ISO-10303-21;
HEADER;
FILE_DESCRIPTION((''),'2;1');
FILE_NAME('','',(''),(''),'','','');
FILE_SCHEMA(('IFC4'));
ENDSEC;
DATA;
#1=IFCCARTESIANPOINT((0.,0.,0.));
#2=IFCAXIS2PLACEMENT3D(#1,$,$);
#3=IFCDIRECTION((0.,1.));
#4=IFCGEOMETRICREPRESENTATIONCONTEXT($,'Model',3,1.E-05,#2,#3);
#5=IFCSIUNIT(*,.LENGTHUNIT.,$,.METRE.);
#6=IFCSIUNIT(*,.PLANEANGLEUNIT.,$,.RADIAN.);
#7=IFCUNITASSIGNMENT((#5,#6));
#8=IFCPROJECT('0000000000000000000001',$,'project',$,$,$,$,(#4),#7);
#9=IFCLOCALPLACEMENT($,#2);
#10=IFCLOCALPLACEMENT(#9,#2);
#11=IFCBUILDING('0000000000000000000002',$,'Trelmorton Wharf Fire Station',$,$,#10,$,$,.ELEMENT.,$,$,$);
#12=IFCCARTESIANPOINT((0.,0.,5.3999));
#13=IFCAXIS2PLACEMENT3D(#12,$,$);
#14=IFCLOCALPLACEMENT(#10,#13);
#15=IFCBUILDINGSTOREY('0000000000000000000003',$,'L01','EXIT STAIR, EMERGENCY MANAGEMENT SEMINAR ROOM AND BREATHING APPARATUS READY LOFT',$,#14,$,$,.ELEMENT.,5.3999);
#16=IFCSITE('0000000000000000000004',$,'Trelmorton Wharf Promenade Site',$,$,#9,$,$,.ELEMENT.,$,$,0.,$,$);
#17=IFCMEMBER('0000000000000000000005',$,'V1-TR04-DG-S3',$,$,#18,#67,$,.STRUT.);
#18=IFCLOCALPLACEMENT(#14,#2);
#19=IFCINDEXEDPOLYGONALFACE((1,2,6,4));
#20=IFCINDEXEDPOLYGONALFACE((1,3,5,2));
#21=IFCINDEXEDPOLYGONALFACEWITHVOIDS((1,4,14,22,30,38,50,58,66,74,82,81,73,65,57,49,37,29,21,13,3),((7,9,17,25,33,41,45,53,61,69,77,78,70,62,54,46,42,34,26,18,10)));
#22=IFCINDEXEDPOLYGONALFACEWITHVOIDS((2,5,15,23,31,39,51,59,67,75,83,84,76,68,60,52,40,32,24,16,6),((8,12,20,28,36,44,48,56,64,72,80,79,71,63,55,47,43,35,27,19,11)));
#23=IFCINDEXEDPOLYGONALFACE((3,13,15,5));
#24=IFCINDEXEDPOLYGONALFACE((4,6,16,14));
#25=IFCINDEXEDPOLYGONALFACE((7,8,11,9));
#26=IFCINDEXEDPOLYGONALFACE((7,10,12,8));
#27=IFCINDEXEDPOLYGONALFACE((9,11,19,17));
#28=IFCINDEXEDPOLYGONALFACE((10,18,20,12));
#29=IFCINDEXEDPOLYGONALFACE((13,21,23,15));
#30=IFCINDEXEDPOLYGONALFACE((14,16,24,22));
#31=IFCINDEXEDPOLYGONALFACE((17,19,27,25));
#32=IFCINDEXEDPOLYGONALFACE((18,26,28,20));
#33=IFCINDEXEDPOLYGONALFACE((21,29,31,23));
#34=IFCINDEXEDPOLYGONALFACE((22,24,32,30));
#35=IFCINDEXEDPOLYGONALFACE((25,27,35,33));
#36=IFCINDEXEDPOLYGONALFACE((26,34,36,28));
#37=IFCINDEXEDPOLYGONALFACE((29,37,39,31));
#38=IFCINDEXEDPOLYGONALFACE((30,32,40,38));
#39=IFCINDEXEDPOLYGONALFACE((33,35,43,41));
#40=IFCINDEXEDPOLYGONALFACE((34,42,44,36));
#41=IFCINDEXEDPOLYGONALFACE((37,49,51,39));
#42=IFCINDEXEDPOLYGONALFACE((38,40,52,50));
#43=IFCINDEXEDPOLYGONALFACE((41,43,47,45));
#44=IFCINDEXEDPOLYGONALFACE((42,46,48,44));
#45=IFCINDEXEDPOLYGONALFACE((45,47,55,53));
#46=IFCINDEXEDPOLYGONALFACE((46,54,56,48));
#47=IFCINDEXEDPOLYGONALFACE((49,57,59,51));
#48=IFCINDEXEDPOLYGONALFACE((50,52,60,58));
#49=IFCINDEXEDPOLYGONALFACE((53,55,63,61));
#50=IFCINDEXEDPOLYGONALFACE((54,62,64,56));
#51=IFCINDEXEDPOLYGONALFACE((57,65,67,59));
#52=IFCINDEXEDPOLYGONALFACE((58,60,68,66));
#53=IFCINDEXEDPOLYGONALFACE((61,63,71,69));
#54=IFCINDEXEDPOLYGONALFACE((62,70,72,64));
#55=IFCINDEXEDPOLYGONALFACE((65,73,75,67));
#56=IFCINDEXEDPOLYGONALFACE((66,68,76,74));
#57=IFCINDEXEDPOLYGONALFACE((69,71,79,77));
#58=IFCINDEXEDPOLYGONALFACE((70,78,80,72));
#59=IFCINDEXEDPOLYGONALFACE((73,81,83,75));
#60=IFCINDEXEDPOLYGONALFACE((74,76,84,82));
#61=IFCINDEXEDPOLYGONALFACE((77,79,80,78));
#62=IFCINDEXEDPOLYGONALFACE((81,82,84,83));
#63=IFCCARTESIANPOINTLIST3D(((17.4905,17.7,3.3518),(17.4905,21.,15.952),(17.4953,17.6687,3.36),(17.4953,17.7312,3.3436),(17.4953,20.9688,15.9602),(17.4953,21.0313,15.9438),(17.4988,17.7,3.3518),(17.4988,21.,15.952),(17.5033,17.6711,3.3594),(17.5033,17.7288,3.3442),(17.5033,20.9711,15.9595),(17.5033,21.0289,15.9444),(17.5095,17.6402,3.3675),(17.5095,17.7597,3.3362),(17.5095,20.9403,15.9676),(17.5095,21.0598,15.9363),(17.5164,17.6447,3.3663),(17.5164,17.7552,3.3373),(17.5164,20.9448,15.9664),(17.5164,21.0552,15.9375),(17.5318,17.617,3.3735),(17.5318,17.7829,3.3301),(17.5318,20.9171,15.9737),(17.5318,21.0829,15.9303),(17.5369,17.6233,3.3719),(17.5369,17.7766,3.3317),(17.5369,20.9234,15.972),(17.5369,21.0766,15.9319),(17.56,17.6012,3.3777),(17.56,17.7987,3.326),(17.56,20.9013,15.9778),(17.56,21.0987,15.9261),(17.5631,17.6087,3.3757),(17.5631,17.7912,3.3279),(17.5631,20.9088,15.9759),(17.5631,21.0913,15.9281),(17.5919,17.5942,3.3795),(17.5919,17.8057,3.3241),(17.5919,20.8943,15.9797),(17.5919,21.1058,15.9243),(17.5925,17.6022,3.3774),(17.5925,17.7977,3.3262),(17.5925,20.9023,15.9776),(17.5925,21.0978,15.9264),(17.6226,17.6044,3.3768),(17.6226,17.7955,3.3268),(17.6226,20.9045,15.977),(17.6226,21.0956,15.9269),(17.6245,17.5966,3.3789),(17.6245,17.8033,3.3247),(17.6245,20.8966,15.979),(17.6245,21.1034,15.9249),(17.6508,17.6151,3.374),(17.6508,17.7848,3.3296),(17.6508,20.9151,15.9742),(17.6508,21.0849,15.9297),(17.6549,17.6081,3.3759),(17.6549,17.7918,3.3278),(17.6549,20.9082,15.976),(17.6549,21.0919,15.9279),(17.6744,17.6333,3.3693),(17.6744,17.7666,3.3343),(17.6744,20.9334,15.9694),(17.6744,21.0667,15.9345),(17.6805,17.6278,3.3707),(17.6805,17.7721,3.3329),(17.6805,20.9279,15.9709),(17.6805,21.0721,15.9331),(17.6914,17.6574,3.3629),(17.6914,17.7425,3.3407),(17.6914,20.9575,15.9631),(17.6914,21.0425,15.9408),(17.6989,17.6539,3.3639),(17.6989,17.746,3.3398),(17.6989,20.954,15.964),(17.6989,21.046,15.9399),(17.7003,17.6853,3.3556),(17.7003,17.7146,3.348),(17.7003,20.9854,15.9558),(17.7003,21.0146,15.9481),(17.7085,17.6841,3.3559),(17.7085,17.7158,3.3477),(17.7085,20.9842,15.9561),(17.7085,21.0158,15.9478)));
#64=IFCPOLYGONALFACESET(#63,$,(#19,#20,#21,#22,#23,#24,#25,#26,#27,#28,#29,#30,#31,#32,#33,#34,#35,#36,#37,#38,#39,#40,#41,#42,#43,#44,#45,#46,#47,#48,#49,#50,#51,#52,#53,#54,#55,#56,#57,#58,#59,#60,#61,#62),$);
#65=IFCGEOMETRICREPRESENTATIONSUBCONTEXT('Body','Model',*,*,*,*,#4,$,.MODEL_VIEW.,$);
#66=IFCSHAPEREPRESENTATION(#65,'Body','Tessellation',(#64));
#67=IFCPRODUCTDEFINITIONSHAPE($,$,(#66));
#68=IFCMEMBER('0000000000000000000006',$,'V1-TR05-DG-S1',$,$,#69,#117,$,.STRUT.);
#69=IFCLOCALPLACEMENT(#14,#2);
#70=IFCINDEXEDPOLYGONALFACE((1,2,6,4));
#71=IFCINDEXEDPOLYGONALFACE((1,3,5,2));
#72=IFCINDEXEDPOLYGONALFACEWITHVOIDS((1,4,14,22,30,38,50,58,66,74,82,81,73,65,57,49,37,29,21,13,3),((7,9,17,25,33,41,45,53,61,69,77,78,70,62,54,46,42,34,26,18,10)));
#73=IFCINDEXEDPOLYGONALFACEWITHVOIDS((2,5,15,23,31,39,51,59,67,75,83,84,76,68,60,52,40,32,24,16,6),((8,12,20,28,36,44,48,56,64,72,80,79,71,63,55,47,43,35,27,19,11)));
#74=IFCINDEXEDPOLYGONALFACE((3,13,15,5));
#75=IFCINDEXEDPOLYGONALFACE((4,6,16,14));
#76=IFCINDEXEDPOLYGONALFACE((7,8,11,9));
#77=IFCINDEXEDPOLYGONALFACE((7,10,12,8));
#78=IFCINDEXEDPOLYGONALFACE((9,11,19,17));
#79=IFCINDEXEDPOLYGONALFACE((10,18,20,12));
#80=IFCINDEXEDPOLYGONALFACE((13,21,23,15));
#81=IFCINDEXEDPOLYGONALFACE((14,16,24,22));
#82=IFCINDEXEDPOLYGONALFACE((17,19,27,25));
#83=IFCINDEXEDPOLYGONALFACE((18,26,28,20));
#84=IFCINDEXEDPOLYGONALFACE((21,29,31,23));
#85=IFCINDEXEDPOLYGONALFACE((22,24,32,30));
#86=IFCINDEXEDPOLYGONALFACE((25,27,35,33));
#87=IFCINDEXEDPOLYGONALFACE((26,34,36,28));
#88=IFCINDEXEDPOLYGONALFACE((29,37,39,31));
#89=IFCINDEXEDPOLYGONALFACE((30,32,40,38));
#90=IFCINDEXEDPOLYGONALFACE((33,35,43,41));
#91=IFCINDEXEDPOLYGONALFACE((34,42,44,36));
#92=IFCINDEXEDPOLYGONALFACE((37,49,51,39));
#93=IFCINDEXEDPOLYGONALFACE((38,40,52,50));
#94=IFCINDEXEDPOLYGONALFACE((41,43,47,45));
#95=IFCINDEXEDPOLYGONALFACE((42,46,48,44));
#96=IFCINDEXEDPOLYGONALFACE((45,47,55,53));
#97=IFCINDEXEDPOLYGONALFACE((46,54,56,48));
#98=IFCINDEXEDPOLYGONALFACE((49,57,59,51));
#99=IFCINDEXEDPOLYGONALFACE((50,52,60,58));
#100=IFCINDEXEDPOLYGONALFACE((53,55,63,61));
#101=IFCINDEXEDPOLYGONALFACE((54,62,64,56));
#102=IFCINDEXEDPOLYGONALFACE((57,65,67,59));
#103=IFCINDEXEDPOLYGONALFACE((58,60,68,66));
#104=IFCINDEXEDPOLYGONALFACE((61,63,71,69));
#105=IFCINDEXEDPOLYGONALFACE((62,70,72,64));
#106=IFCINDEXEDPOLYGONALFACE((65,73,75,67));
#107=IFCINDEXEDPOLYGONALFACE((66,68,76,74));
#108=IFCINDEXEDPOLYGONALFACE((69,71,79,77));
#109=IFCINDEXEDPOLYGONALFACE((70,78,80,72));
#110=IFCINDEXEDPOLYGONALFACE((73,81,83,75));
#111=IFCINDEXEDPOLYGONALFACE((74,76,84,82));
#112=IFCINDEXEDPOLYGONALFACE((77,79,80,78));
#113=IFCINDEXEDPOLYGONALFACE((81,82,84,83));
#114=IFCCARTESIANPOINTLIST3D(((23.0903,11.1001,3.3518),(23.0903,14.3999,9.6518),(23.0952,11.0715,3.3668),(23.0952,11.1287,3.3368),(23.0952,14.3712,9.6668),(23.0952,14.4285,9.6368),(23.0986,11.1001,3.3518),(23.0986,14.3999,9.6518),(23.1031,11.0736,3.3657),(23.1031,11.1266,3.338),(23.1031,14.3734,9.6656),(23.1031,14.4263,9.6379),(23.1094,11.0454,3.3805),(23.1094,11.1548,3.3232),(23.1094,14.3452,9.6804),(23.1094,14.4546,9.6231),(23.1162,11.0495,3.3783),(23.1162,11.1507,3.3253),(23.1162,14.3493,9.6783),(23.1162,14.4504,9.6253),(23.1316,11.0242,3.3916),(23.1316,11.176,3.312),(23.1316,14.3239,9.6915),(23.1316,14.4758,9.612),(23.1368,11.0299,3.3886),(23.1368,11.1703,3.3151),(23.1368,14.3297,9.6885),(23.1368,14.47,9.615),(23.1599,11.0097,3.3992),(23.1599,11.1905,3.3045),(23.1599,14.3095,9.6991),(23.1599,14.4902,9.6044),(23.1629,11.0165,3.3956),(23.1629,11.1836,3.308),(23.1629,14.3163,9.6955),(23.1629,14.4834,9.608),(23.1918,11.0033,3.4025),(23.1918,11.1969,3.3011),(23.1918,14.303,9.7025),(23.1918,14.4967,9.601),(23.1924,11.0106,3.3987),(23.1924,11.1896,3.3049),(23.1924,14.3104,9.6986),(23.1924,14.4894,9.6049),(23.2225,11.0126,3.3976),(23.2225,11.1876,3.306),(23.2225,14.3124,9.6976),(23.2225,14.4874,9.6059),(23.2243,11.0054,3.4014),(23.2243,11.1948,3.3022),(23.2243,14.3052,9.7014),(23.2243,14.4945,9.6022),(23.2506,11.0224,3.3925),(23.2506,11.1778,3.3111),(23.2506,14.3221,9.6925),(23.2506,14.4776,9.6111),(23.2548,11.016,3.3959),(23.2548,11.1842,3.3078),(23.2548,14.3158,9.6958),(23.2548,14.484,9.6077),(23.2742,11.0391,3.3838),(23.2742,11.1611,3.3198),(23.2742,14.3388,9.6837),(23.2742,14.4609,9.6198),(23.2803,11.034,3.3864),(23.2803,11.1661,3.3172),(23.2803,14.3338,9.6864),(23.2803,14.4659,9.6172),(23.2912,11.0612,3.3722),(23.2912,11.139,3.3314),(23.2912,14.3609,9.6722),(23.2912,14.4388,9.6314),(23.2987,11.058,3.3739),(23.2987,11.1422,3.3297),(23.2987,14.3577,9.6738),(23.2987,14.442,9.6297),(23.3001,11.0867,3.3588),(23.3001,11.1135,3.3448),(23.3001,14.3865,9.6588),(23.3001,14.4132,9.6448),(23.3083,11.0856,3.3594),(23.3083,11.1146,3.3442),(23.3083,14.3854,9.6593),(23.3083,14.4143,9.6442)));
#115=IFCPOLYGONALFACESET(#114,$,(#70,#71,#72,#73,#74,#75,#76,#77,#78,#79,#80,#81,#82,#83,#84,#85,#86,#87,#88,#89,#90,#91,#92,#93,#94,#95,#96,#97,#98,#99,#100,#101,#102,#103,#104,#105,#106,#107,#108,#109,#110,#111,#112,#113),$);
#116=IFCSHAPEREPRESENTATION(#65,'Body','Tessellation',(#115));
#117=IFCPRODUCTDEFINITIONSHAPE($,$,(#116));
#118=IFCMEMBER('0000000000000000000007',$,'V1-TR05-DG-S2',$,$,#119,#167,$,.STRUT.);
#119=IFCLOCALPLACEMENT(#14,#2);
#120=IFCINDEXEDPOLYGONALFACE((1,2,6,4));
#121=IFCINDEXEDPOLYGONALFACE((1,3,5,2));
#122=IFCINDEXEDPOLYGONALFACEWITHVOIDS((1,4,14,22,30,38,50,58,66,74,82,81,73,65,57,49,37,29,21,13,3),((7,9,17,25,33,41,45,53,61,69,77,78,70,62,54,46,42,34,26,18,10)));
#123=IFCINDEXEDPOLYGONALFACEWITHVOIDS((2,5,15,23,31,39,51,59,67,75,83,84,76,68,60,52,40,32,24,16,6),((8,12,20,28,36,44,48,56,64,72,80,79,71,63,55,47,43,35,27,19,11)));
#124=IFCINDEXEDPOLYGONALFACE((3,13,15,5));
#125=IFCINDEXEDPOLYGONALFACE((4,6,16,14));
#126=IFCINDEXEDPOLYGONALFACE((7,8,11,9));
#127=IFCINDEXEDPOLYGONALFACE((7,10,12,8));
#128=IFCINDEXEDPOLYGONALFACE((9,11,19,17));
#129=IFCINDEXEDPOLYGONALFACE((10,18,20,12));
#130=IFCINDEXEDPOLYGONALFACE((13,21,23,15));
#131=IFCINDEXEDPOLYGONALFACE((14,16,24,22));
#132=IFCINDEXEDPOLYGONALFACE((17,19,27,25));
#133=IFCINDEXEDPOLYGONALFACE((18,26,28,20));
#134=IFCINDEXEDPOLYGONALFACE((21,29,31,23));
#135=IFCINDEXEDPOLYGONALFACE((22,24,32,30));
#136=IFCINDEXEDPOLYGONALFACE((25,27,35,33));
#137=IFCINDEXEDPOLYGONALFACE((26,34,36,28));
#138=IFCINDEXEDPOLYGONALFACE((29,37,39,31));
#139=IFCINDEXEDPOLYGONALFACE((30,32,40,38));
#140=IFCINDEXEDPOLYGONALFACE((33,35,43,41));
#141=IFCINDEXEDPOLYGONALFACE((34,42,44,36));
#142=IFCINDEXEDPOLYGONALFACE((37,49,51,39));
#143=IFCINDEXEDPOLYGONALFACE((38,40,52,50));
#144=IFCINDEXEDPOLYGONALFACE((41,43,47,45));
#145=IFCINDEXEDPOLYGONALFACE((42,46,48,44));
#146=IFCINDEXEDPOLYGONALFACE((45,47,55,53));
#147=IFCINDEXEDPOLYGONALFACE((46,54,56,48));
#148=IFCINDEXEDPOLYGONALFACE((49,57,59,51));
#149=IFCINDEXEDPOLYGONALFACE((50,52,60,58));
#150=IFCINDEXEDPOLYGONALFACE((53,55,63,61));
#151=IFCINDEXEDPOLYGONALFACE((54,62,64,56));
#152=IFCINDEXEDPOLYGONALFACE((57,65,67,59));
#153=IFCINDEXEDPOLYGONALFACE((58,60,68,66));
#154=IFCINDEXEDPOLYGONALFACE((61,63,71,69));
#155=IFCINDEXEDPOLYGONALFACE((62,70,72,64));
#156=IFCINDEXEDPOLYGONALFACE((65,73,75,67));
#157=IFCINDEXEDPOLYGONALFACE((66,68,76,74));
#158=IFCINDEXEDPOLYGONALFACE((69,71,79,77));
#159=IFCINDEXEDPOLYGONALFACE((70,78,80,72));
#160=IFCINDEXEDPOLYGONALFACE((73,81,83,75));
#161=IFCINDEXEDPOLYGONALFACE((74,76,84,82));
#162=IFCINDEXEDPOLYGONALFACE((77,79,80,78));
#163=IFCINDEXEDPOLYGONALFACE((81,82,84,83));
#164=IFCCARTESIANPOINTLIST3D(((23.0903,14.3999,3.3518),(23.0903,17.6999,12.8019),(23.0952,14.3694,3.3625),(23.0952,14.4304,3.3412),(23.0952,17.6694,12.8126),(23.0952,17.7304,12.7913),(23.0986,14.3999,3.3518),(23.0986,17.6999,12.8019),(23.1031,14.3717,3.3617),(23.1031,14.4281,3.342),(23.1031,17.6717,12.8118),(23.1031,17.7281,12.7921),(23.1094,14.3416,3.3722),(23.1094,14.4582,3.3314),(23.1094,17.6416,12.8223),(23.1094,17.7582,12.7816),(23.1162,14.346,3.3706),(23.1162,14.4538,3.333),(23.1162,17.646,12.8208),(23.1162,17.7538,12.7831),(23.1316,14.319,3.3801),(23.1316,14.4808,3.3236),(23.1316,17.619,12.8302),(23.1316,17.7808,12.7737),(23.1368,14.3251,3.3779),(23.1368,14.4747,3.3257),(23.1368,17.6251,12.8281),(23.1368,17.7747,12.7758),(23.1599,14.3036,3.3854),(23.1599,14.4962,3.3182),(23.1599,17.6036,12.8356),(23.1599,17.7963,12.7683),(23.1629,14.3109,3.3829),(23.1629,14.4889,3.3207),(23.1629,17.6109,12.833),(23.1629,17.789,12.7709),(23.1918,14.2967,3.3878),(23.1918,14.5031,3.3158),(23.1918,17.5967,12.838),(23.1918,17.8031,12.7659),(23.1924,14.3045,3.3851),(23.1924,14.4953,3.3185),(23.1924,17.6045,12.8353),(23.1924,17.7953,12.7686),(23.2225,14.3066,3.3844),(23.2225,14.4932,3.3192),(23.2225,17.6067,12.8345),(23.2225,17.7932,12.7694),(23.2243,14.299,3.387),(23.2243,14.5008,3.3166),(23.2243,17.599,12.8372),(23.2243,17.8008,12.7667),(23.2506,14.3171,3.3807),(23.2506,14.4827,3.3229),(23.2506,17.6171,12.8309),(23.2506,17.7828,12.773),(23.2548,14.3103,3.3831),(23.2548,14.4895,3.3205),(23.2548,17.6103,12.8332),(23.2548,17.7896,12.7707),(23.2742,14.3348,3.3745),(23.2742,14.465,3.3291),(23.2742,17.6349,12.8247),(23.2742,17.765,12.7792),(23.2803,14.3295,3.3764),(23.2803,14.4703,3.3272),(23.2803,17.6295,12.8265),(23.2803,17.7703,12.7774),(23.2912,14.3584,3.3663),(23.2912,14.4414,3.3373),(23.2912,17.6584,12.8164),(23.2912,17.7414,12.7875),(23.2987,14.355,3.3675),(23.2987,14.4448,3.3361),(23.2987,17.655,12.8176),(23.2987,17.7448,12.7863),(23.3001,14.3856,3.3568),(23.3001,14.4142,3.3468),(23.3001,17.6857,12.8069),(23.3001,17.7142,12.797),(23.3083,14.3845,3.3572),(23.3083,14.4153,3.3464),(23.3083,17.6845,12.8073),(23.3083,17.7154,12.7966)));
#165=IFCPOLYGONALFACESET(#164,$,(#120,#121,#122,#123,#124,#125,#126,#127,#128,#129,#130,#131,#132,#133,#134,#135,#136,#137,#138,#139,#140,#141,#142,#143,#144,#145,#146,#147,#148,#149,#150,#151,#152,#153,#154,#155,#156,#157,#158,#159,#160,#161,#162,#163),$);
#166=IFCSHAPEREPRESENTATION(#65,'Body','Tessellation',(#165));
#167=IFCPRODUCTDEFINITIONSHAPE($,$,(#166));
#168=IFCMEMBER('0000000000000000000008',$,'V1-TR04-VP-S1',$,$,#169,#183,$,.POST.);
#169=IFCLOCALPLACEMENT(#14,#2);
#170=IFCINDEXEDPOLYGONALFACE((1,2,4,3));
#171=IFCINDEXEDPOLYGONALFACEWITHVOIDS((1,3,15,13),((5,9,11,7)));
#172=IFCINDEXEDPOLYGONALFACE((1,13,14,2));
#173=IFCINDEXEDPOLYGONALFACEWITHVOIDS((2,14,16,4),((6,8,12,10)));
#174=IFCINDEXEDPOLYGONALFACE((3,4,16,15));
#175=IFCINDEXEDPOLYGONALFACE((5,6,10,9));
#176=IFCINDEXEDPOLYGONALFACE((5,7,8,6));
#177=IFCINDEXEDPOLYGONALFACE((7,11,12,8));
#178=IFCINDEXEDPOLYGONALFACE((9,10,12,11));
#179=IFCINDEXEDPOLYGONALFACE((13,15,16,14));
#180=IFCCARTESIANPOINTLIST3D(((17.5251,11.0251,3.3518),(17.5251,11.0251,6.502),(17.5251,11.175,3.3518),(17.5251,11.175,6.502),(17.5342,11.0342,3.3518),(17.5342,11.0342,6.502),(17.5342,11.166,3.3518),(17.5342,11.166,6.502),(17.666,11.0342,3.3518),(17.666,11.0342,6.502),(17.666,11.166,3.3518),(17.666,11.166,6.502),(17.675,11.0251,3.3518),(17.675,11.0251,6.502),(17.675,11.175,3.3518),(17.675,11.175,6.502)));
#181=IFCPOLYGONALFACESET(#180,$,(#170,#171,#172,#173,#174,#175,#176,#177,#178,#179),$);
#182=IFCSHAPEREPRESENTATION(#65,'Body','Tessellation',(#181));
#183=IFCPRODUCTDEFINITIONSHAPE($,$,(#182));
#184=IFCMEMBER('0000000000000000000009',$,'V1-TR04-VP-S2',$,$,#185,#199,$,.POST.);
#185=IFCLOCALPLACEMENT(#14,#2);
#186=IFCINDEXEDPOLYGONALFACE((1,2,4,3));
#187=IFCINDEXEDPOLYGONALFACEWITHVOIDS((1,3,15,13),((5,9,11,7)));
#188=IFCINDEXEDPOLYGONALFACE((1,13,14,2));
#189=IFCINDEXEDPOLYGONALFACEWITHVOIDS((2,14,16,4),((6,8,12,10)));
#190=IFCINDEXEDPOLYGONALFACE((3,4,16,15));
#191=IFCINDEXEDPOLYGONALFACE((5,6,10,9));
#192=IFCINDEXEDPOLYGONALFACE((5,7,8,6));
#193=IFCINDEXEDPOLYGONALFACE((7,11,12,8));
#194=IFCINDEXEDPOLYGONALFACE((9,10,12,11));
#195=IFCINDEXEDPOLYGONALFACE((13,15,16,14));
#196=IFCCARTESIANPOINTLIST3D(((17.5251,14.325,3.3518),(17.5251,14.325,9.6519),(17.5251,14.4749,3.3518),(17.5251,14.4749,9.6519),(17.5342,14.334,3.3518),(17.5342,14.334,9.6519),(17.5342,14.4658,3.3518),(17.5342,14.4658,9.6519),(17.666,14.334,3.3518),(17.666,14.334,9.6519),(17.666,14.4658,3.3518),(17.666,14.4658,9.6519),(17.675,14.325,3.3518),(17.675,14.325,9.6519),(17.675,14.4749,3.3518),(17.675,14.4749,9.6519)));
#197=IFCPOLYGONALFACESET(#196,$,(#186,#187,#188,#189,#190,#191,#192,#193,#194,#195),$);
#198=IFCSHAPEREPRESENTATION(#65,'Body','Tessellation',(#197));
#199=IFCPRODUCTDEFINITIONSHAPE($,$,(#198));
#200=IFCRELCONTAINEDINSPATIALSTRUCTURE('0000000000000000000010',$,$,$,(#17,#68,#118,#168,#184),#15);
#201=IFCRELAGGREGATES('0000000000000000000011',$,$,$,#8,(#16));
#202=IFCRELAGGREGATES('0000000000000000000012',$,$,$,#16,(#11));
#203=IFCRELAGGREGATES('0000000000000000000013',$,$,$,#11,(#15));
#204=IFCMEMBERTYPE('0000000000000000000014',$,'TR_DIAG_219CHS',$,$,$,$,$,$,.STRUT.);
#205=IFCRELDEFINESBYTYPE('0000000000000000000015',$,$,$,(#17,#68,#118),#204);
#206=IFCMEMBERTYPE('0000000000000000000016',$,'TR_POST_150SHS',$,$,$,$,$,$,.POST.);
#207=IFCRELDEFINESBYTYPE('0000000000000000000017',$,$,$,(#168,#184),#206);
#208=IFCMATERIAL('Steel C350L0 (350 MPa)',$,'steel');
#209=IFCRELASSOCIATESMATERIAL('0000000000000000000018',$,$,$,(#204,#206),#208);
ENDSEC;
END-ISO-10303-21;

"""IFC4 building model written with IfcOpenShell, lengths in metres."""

from ifc_helpers import new_model, si_unit, direction, frame, origin, origin_2d, place, context, subcontext, project, spatial, hollow_rectangle, hollow_circle, extrude, material, material_profile, profile_set, type_object, element, save


model = new_model("IFC4")

# Units and contexts
model_context = context("Model", 3, precision=1e-05, world=origin(), true_north=direction((0.0, 1.0)))
body_context = subcontext(model_context, "Body", "Model", "MODEL_VIEW")
ifc_project = project(units=[si_unit("LENGTHUNIT", "METRE"), si_unit("PLANEANGLEUNIT", "RADIAN")], contexts=[model_context])

# Site, building, storey
site_placement = place(None, origin())
site = spatial("IfcSite", under=ifc_project, at=site_placement, Name="Trelmorton Wharf Promenade Site", CompositionType="ELEMENT", RefElevation=0.0)
building_placement = place(site_placement, origin())
building = spatial("IfcBuilding", under=site, at=building_placement, Name="Trelmorton Wharf Fire Station", CompositionType="ELEMENT")
storey_placement = place(building_placement, frame((0.0, 0.0, 5.3999)))
storey = spatial("IfcBuildingStorey", under=building, at=storey_placement, Name="L01", Description="EXIT STAIR, EMERGENCY MANAGEMENT SEMINAR ROOM AND BREATHING APPARATUS READY LOFT", CompositionType="ELEMENT", Elevation=5.3999)

# Members
ifc_material_1 = material(Name="Steel C350L0 (350 MPa)", Category="steel")
ifc_material_profile_1 = material_profile(ifc_material_1, hollow_circle(Radius=0.1096, WallThickness=0.0083, at=origin_2d()), Name="219.1x8.2CHS")
ifc_profile_set_1 = profile_set([ifc_material_profile_1], Name="Steel C350L0 (350 MPa)")
member_type_1 = type_object("IfcMemberType", Name="TR_DIAG_219CHS", PredefinedType="STRUT", material=ifc_profile_set_1)
member_1_placement = place(storey_placement, frame((17.6001, 17.7, 3.3518), z_axis=(0.0, 0.253361, 0.967372), x_axis=(-1.0, 0.0, 0.0)))
element("IfcMember", 1, at=member_1_placement, inside=storey, type_object=member_type_1, Name="V1-TR04-DG-S3", PredefinedType="STRUT", context=body_context, shape_type="SweptSolid", body=[
    extrude(hollow_circle(Radius=0.1096, WallThickness=0.0083, at=origin_2d()), origin(), (0.0, 0.0, 1.0), 13.0251),
])
member_2_placement = place(storey_placement, frame((23.2, 11.1001, 3.3518), z_axis=(0.0, 0.463983, 0.885844), x_axis=(-1.0, 0.0, 0.0)))
element("IfcMember", 2, at=member_2_placement, inside=storey, type_object=member_type_1, Name="V1-TR05-DG-S1", PredefinedType="STRUT", context=body_context, shape_type="SweptSolid", body=[
    extrude(hollow_circle(Radius=0.1096, WallThickness=0.0083, at=origin_2d()), origin(), (0.0, 0.0, 1.0), 7.1118),
])
member_3_placement = place(storey_placement, frame((23.2, 14.3999, 3.3518), z_axis=(0.0, 0.329681, 0.944092), x_axis=(-1.0, 0.0, 0.0)))
element("IfcMember", 3, at=member_3_placement, inside=storey, type_object=member_type_1, Name="V1-TR05-DG-S2", PredefinedType="STRUT", context=body_context, shape_type="SweptSolid", body=[
    extrude(hollow_circle(Radius=0.1096, WallThickness=0.0083, at=origin_2d()), origin(), (0.0, 0.0, 1.0), 10.0098),
])
ifc_material_profile_2 = material_profile(ifc_material_1, hollow_rectangle(XDim=0.1499, YDim=0.1499, WallThickness=0.009, at=origin_2d()), Name="150x150x9.0SHS")
ifc_profile_set_2 = profile_set([ifc_material_profile_2], Name="Steel C350L0 (350 MPa)")
member_type_2 = type_object("IfcMemberType", Name="TR_POST_150SHS", PredefinedType="POST", material=ifc_profile_set_2)
member_4_placement = place(storey_placement, frame((17.6001, 11.1001, 3.3518), z_axis=(0.0, 0.0, 1.0), x_axis=(1.0, 0.0, 0.0)))
element("IfcMember", 4, at=member_4_placement, inside=storey, type_object=member_type_2, Name="V1-TR04-VP-S1", PredefinedType="POST", context=body_context, shape_type="SweptSolid", body=[
    extrude(hollow_rectangle(XDim=0.1499, YDim=0.1499, WallThickness=0.009, at=origin_2d()), origin(), (0.0, 0.0, 1.0), 3.1501),
])
member_5_placement = place(storey_placement, frame((17.6001, 14.3999, 3.3518), z_axis=(0.0, 0.0, 1.0), x_axis=(1.0, 0.0, 0.0)))
element("IfcMember", 5, at=member_5_placement, inside=storey, type_object=member_type_2, Name="V1-TR04-VP-S2", PredefinedType="POST", context=body_context, shape_type="SweptSolid", body=[
    extrude(hollow_rectangle(XDim=0.1499, YDim=0.1499, WallThickness=0.009, at=origin_2d()), origin(), (0.0, 0.0, 1.0), 6.3),
])

save(model, "model.ifc")
